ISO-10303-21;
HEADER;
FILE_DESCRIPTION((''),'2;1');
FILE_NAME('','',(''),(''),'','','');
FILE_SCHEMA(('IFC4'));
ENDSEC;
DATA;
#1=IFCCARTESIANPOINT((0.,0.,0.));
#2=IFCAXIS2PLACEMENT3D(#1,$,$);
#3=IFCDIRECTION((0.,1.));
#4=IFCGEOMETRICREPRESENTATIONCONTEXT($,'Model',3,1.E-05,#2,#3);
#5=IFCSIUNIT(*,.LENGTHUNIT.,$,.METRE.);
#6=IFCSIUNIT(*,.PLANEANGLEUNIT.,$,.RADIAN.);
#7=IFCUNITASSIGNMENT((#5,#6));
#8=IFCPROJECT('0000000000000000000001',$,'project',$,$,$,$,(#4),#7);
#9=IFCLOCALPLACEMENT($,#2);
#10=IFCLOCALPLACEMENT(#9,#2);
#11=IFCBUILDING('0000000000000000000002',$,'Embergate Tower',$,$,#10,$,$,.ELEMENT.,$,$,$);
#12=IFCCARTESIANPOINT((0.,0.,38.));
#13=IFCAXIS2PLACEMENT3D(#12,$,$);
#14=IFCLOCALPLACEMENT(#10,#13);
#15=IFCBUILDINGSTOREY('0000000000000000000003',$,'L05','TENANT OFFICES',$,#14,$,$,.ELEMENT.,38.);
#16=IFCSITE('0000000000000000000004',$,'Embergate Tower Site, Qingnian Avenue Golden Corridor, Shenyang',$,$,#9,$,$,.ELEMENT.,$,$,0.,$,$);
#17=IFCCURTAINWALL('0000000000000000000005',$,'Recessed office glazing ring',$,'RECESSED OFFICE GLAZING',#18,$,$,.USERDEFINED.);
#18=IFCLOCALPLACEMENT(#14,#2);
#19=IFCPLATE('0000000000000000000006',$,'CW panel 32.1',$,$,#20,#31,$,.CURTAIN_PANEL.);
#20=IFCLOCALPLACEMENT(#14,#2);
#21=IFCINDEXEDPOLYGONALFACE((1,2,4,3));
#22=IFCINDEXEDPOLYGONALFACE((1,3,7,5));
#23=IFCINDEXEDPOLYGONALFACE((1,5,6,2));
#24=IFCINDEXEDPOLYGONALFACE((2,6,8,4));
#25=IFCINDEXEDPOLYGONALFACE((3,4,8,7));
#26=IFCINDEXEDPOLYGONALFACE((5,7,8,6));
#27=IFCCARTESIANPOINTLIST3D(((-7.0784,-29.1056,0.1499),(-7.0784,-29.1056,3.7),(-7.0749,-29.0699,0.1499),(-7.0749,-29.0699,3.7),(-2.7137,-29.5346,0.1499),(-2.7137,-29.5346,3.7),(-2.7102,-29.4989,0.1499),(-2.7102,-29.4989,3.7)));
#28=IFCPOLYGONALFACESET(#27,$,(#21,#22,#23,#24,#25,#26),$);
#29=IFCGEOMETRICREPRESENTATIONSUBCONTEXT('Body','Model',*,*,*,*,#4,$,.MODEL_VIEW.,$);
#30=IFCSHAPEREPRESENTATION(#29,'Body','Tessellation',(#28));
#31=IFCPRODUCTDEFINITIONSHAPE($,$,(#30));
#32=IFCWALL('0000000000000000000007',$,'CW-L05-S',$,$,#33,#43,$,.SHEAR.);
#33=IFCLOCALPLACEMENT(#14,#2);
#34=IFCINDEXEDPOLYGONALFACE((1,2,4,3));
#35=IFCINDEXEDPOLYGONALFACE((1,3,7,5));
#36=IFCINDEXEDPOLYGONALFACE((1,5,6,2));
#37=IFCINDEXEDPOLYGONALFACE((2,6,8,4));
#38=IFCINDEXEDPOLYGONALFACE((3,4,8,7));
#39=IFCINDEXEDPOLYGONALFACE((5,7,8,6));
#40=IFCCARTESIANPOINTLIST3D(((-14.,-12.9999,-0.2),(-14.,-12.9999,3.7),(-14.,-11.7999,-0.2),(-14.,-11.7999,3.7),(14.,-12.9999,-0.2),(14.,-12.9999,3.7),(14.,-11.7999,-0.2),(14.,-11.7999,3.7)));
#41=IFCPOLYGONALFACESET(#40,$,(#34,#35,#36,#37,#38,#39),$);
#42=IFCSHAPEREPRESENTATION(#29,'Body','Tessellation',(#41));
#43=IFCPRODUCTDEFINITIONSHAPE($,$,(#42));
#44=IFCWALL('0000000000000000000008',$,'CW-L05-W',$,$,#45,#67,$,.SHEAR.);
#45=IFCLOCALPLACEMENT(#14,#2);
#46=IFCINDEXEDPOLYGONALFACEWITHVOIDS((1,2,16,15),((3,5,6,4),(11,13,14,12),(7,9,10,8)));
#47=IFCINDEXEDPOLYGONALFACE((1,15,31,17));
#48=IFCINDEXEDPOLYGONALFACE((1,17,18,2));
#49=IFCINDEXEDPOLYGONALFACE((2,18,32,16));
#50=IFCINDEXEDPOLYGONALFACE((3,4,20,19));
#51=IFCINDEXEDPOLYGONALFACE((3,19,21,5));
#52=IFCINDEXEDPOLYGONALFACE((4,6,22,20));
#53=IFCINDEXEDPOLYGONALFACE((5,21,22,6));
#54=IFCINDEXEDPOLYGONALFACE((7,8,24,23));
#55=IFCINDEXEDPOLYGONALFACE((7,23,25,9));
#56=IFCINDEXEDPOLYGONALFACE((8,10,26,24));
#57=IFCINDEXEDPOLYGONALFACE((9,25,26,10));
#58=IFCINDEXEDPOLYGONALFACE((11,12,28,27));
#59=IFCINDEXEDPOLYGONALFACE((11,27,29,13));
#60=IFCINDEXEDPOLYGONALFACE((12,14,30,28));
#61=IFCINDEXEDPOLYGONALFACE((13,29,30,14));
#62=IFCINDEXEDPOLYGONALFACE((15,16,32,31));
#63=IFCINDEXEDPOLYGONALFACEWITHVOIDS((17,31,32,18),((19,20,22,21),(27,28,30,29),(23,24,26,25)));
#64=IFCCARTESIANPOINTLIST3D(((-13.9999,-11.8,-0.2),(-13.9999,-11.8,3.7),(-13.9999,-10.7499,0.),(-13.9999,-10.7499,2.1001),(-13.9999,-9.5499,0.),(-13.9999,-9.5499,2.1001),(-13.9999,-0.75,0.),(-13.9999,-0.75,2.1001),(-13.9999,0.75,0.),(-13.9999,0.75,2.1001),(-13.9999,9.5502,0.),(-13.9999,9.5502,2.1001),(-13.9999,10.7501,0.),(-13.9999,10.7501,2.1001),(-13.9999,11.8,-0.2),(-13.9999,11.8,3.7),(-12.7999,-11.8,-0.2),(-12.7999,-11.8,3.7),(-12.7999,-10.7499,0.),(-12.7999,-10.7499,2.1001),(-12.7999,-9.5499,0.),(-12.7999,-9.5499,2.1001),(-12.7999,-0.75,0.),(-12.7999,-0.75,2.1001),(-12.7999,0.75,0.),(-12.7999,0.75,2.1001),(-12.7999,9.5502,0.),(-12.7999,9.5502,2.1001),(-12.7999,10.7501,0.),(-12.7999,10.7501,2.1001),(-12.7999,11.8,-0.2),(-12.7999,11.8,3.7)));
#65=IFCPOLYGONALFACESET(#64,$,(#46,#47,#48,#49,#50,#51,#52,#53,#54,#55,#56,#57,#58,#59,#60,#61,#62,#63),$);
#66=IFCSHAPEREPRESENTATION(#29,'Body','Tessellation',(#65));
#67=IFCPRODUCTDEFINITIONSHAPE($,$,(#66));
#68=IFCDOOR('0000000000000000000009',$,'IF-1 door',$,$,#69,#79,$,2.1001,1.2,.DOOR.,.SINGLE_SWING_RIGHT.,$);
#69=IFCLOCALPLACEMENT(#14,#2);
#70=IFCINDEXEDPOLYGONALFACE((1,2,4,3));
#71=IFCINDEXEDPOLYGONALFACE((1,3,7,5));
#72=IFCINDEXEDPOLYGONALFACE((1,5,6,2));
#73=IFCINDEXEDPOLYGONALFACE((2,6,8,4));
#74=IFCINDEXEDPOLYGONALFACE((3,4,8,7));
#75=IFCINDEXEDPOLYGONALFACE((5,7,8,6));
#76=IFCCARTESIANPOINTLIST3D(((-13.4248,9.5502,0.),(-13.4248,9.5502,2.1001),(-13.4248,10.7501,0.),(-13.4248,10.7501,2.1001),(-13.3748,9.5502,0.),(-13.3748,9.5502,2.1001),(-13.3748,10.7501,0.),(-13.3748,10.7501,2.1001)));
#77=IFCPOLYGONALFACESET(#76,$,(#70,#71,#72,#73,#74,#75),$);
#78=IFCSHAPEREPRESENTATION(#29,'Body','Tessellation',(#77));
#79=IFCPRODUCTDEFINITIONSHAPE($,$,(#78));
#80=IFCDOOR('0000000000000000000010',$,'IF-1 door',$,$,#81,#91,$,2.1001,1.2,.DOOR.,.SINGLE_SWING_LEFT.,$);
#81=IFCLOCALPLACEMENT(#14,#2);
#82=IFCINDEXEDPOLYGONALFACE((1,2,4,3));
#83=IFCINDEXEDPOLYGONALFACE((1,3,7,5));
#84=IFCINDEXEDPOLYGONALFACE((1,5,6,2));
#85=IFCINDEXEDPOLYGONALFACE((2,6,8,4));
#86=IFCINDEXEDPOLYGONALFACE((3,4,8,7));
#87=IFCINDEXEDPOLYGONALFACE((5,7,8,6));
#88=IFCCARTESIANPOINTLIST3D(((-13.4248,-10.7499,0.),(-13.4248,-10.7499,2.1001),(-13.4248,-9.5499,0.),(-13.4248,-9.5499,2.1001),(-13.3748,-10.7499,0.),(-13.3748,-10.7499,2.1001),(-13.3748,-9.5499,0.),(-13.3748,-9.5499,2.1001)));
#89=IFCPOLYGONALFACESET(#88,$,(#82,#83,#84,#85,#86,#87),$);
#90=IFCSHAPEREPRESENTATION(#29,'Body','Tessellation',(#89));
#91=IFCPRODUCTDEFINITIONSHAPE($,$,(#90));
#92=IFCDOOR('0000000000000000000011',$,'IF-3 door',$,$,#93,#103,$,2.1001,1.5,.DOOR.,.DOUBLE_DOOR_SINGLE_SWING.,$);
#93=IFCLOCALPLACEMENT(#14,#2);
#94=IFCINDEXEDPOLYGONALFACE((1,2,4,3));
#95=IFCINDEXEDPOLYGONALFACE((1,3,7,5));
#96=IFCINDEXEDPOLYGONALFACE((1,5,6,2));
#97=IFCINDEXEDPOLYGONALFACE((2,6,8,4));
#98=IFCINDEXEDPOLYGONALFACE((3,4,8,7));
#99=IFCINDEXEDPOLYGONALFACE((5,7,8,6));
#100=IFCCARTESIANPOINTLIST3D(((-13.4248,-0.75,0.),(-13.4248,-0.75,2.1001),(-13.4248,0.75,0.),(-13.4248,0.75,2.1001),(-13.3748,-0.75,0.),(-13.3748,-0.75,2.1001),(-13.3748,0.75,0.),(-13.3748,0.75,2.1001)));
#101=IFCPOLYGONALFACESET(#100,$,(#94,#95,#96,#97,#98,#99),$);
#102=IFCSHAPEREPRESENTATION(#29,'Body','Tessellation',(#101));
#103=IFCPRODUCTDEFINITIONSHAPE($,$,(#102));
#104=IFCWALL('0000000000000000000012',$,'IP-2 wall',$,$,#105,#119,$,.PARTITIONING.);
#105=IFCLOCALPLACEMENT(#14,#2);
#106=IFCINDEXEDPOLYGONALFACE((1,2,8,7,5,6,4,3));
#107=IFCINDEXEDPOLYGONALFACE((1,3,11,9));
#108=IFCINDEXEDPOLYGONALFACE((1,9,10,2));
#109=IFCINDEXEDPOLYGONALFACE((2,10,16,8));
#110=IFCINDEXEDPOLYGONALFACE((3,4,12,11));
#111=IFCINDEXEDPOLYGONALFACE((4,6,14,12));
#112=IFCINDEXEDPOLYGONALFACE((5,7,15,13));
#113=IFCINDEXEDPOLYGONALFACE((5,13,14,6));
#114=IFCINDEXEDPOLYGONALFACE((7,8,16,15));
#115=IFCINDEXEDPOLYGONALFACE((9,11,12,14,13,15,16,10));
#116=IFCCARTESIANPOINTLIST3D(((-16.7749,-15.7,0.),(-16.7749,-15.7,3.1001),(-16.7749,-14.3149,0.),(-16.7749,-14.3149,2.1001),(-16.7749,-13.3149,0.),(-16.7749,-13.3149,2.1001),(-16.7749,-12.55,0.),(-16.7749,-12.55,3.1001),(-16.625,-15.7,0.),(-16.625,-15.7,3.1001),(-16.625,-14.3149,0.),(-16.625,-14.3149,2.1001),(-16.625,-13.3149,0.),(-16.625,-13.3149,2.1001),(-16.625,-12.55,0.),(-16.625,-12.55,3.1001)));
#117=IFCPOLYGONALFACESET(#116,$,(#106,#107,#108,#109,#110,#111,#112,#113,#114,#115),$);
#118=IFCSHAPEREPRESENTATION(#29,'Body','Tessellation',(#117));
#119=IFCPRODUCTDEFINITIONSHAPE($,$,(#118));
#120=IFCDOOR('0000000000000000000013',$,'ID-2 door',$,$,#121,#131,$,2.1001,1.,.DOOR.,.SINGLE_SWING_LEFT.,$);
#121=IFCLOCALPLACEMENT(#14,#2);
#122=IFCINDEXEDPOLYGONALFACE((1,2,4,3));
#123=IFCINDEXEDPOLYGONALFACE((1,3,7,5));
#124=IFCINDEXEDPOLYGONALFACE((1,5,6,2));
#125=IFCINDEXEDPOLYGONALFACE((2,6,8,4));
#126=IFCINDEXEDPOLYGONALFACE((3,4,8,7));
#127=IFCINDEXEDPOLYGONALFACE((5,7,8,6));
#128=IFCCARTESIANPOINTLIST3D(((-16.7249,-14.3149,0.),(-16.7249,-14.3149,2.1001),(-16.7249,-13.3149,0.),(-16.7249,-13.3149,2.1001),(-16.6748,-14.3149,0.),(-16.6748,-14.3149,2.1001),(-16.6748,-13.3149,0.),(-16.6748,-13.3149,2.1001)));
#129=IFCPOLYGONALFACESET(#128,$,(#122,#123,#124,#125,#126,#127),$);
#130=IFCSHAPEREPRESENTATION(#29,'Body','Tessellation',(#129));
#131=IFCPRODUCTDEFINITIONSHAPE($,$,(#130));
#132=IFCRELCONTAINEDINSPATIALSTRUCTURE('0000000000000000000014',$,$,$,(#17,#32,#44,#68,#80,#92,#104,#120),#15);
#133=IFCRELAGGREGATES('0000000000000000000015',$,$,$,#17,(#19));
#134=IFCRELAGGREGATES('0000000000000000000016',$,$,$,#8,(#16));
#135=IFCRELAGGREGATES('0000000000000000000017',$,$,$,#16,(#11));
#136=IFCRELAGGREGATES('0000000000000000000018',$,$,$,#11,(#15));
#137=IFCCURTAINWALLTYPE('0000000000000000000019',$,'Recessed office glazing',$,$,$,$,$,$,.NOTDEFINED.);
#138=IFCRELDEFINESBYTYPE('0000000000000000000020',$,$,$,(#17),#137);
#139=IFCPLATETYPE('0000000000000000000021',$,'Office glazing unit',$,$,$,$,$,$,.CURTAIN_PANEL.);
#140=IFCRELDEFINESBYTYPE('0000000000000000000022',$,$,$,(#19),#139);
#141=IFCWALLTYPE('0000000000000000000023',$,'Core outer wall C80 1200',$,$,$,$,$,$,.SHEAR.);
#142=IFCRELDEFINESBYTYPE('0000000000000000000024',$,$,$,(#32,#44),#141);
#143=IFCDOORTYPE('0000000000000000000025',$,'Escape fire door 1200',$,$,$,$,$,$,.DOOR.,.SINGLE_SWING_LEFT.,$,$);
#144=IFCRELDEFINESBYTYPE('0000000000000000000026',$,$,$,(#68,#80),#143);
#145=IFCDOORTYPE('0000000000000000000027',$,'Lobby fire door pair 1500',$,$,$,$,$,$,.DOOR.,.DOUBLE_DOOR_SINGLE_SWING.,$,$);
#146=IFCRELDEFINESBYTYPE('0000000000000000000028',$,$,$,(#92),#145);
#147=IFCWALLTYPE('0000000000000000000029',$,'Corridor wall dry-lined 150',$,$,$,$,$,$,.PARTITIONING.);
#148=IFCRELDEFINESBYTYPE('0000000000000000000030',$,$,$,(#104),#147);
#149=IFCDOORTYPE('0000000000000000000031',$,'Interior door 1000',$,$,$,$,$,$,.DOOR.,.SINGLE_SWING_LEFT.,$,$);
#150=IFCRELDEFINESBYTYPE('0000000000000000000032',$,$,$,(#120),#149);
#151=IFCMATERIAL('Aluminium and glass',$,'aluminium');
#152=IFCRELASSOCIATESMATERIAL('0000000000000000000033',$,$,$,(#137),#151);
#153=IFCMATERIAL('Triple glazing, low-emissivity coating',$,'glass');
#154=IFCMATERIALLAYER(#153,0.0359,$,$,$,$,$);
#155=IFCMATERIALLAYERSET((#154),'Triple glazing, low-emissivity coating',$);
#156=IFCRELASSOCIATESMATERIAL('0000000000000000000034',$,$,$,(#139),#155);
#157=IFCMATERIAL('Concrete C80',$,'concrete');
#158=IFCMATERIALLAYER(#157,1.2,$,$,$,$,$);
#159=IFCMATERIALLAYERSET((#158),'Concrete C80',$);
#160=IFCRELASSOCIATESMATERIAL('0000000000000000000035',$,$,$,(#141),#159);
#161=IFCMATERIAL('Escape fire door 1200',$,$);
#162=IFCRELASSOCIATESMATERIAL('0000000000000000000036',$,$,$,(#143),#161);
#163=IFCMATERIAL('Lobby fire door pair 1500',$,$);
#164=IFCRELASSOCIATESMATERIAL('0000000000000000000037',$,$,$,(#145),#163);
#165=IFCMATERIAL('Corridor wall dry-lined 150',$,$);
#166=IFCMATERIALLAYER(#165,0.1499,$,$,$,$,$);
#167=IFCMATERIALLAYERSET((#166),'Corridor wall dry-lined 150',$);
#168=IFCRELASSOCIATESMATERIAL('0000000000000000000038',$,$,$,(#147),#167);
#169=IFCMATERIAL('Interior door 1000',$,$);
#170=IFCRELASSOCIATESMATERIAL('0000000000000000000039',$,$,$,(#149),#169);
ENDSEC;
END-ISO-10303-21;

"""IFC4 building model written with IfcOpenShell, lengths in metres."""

from ifc_helpers import new_model, si_unit, direction, frame, frame_2d, origin, origin_2d, place, context, subcontext, project, spatial, rectangle, extrude, source, transform, mapped, material, layer, layer_set, type_object, element, fill, aggregate, save


model = new_model("IFC4")

# Units and contexts
model_context = context("Model", 3, precision=1e-05, world=origin(), true_north=direction((0.0, 1.0)))
body_context = subcontext(model_context, "Body", "Model", "MODEL_VIEW")
ifc_project = project(units=[si_unit("LENGTHUNIT", "METRE"), si_unit("PLANEANGLEUNIT", "RADIAN")], contexts=[model_context])

# Site, building, storey
site_placement = place(None, origin())
site = spatial("IfcSite", under=ifc_project, at=site_placement, Name="Embergate Tower Site, Qingnian Avenue Golden Corridor, Shenyang", CompositionType="ELEMENT", RefElevation=0.0)
building_placement = place(site_placement, origin())
building = spatial("IfcBuilding", under=site, at=building_placement, Name="Embergate Tower", CompositionType="ELEMENT")
storey_placement = place(building_placement, frame((0.0, 0.0, 38.0)))
storey = spatial("IfcBuildingStorey", under=building, at=storey_placement, Name="L05", Description="TENANT OFFICES", CompositionType="ELEMENT", Elevation=38.0)

# Curtain wall, plate
ifc_material_1 = material(Name="Aluminium and glass", Category="aluminium")
curtain_wall_type = type_object("IfcCurtainWallType", Name="Recessed office glazing", PredefinedType="NOTDEFINED", material=ifc_material_1)
curtain_wall_placement = place(storey_placement, origin())
curtain_wall = element("IfcCurtainWall", 1, at=curtain_wall_placement, inside=storey, type_object=curtain_wall_type, Name="Recessed office glazing ring", ObjectType="RECESSED OFFICE GLAZING", PredefinedType="USERDEFINED")
ifc_material_2 = material(Name="Triple glazing, low-emissivity coating", Category="glass")
ifc_layer_1 = layer(ifc_material_2, 0.0359)
ifc_layer_set_1 = layer_set([ifc_layer_1], Name="Triple glazing, low-emissivity coating")
plate_type = type_object("IfcPlateType", Name="Office glazing unit", PredefinedType="CURTAIN_PANEL", material=ifc_layer_set_1)
shared_shape_1 = source(origin(), body_context, "Body", "SweptSolid", [
    extrude(rectangle(XDim=4.3857, YDim=0.0359, at=origin_2d()), origin(), (0.0, 0.0, 1.0), 3.55),
])
plate_1_placement = place(storey_placement, frame((-4.8943, -29.3022, 0.1499), z_axis=(0.0, 0.0, 1.0), x_axis=(0.995203, -0.09783, 0.0)))
plate_1 = element("IfcPlate", 2, at=plate_1_placement, type_object=plate_type, Name="CW panel 32.1", PredefinedType="CURTAIN_PANEL", context=body_context, shape_type="MappedRepresentation", body=[
    mapped(shared_shape_1, transform((0.0, 0.0, 0.0))),
])
aggregate(curtain_wall, [plate_1])

# Wall
ifc_material_3 = material(Name="Concrete C80", Category="concrete")
ifc_layer_2 = layer(ifc_material_3, 1.2)
ifc_layer_set_2 = layer_set([ifc_layer_2], Name="Concrete C80")
wall_type_1 = type_object("IfcWallType", Name="Core outer wall C80 1200", PredefinedType="SHEAR", material=ifc_layer_set_2)
shared_shape_2 = source(origin(), body_context, "Body", "SweptSolid", [
    extrude(rectangle(XDim=28.0, YDim=1.2, at=frame_2d((14.0, 0.0))), origin(), (0.0, 0.0, 1.0), 3.8999),
])
wall_1_placement = place(storey_placement, frame((-14.0, -12.3999, -0.2), z_axis=(0.0, 0.0, 1.0), x_axis=(1.0, 0.0, 0.0)))
element("IfcWall", 3, at=wall_1_placement, inside=storey, type_object=wall_type_1, Name="CW-L05-S", PredefinedType="SHEAR", context=body_context, shape_type="MappedRepresentation", body=[
    mapped(shared_shape_2, transform((0.0, 0.0, 0.0))),
])

# Wall, openings, doors
shared_shape_3 = source(origin(), body_context, "Body", "SweptSolid", [
    extrude(rectangle(XDim=23.6001, YDim=1.2, at=frame_2d((11.8, 0.0))), origin(), (0.0, 0.0, 1.0), 3.8999),
])
wall_2_placement = place(storey_placement, frame((-13.3999, -11.8, -0.2), z_axis=(0.0, 0.0, 1.0), x_axis=(0.0, 1.0, 0.0)))
wall_2 = element("IfcWall", 4, at=wall_2_placement, inside=storey, type_object=wall_type_1, Name="CW-L05-W", PredefinedType="SHEAR", context=body_context, shape_type="MappedRepresentation", body=[
    mapped(shared_shape_3, transform((0.0, 0.0, 0.0))),
])
shared_shape_4 = source(origin(), body_context, "Body", "SweptSolid", [
    extrude(rectangle(XDim=1.2, YDim=2.1001, at=frame_2d((0.6001, 1.05))), frame((0.0, 0.6099, 0.0), z_axis=(0.0, -1.0, 0.0), x_axis=(1.0, 0.0, 0.0)), (0.0, 0.0, 1.0), 1.22),
])
opening_1_placement = place(wall_2_placement, frame((21.3501, 0.0, 0.2)))
opening_1 = element("IfcOpeningElement", 5, at=opening_1_placement, cuts=wall_2, PredefinedType="OPENING", context=body_context, shape_type="MappedRepresentation", body=[
    mapped(shared_shape_4, transform((0.0, 0.0, 0.0))),
])
opening_2_placement = place(wall_2_placement, frame((1.05, 0.0, 0.2)))
opening_2 = element("IfcOpeningElement", 6, at=opening_2_placement, cuts=wall_2, PredefinedType="OPENING", context=body_context, shape_type="MappedRepresentation", body=[
    mapped(shared_shape_4, transform((0.0, 0.0, 0.0))),
])
shared_shape_5 = source(origin(), body_context, "Body", "SweptSolid", [
    extrude(rectangle(XDim=1.5, YDim=2.1001, at=frame_2d((0.75, 1.05))), frame((0.0, 0.6099, 0.0), z_axis=(0.0, -1.0, 0.0), x_axis=(1.0, 0.0, 0.0)), (0.0, 0.0, 1.0), 1.22),
])
opening_3_placement = place(wall_2_placement, frame((11.05, 0.0, 0.2)))
opening_3 = element("IfcOpeningElement", 7, at=opening_3_placement, cuts=wall_2, PredefinedType="OPENING", context=body_context, shape_type="MappedRepresentation", body=[
    mapped(shared_shape_5, transform((0.0, 0.0, 0.0))),
])
ifc_material_4 = material(Name="Escape fire door 1200")
door_type_1 = type_object("IfcDoorType", Name="Escape fire door 1200", OperationType="SINGLE_SWING_LEFT", PredefinedType="DOOR", material=ifc_material_4)
shared_shape_6 = source(origin(), body_context, "Body", "SweptSolid", [
    extrude(rectangle(XDim=1.2, YDim=2.1001, at=frame_2d((0.6001, 1.05))), frame((0.0, 0.0249, 0.0), z_axis=(0.0, -1.0, 0.0), x_axis=(1.0, 0.0, 0.0)), (0.0, 0.0, 1.0), 0.05),
])
door_1_placement = place(opening_1_placement, origin())
door_1 = element("IfcDoor", 8, at=door_1_placement, inside=storey, type_object=door_type_1, Name="IF-1 door", OperationType="SINGLE_SWING_RIGHT", OverallHeight=2.1001, OverallWidth=1.2, PredefinedType="DOOR", context=body_context, shape_type="MappedRepresentation", body=[
    mapped(shared_shape_6, transform((0.0, 0.0, 0.0))),
])
fill(opening_1, door_1)
door_2_placement = place(opening_2_placement, origin())
door_2 = element("IfcDoor", 9, at=door_2_placement, inside=storey, type_object=door_type_1, Name="IF-1 door", OperationType="SINGLE_SWING_LEFT", OverallHeight=2.1001, OverallWidth=1.2, PredefinedType="DOOR", context=body_context, shape_type="MappedRepresentation", body=[
    mapped(shared_shape_6, transform((0.0, 0.0, 0.0))),
])
fill(opening_2, door_2)
ifc_material_5 = material(Name="Lobby fire door pair 1500")
door_type_2 = type_object("IfcDoorType", Name="Lobby fire door pair 1500", OperationType="DOUBLE_DOOR_SINGLE_SWING", PredefinedType="DOOR", material=ifc_material_5)
shared_shape_7 = source(origin(), body_context, "Body", "SweptSolid", [
    extrude(rectangle(XDim=1.5, YDim=2.1001, at=frame_2d((0.75, 1.05))), frame((0.0, 0.0249, 0.0), z_axis=(0.0, -1.0, 0.0), x_axis=(1.0, 0.0, 0.0)), (0.0, 0.0, 1.0), 0.05),
])
door_3_placement = place(opening_3_placement, origin())
door_3 = element("IfcDoor", 10, at=door_3_placement, inside=storey, type_object=door_type_2, Name="IF-3 door", OperationType="DOUBLE_DOOR_SINGLE_SWING", OverallHeight=2.1001, OverallWidth=1.5, PredefinedType="DOOR", context=body_context, shape_type="MappedRepresentation", body=[
    mapped(shared_shape_7, transform((0.0, 0.0, 0.0))),
])
fill(opening_3, door_3)

# Wall, opening, door
ifc_material_6 = material(Name="Corridor wall dry-lined 150")
ifc_layer_3 = layer(ifc_material_6, 0.1499)
ifc_layer_set_3 = layer_set([ifc_layer_3], Name="Corridor wall dry-lined 150")
wall_type_2 = type_object("IfcWallType", Name="Corridor wall dry-lined 150", PredefinedType="PARTITIONING", material=ifc_layer_set_3)
shared_shape_8 = source(origin(), body_context, "Body", "SweptSolid", [
    extrude(rectangle(XDim=3.1499, YDim=0.1499, at=frame_2d((1.575, 0.0))), origin(), (0.0, 0.0, 1.0), 3.1001),
])
wall_3_placement = place(storey_placement, frame((-16.7, -15.7, 0.0), z_axis=(0.0, 0.0, 1.0), x_axis=(0.0, 1.0, 0.0)))
wall_3 = element("IfcWall", 11, at=wall_3_placement, inside=storey, type_object=wall_type_2, Name="IP-2 wall", PredefinedType="PARTITIONING", context=body_context, shape_type="MappedRepresentation", body=[
    mapped(shared_shape_8, transform((0.0, 0.0, 0.0))),
])
shared_shape_9 = source(origin(), body_context, "Body", "SweptSolid", [
    extrude(rectangle(XDim=1.0, YDim=2.1001, at=frame_2d((0.5, 1.05))), frame((0.0, 0.085, 0.0), z_axis=(0.0, -1.0, 0.0), x_axis=(1.0, 0.0, 0.0)), (0.0, 0.0, 1.0), 0.1699),
])
opening_4_placement = place(wall_3_placement, frame((1.385, 0.0, 0.0)))
opening_4 = element("IfcOpeningElement", 12, at=opening_4_placement, cuts=wall_3, PredefinedType="OPENING", context=body_context, shape_type="MappedRepresentation", body=[
    mapped(shared_shape_9, transform((0.0, 0.0, 0.0))),
])
ifc_material_7 = material(Name="Interior door 1000")
door_type_3 = type_object("IfcDoorType", Name="Interior door 1000", OperationType="SINGLE_SWING_LEFT", PredefinedType="DOOR", material=ifc_material_7)
shared_shape_10 = source(origin(), body_context, "Body", "SweptSolid", [
    extrude(rectangle(XDim=1.0, YDim=2.1001, at=frame_2d((0.5, 1.05))), frame((0.0, 0.0249, 0.0), z_axis=(0.0, -1.0, 0.0), x_axis=(1.0, 0.0, 0.0)), (0.0, 0.0, 1.0), 0.05),
])
door_4_placement = place(opening_4_placement, origin())
door_4 = element("IfcDoor", 13, at=door_4_placement, inside=storey, type_object=door_type_3, Name="ID-2 door", OperationType="SINGLE_SWING_LEFT", OverallHeight=2.1001, OverallWidth=1.0, PredefinedType="DOOR", context=body_context, shape_type="MappedRepresentation", body=[
    mapped(shared_shape_10, transform((0.0, 0.0, 0.0))),
])
fill(opening_4, door_4)

save(model, "model.ifc")
